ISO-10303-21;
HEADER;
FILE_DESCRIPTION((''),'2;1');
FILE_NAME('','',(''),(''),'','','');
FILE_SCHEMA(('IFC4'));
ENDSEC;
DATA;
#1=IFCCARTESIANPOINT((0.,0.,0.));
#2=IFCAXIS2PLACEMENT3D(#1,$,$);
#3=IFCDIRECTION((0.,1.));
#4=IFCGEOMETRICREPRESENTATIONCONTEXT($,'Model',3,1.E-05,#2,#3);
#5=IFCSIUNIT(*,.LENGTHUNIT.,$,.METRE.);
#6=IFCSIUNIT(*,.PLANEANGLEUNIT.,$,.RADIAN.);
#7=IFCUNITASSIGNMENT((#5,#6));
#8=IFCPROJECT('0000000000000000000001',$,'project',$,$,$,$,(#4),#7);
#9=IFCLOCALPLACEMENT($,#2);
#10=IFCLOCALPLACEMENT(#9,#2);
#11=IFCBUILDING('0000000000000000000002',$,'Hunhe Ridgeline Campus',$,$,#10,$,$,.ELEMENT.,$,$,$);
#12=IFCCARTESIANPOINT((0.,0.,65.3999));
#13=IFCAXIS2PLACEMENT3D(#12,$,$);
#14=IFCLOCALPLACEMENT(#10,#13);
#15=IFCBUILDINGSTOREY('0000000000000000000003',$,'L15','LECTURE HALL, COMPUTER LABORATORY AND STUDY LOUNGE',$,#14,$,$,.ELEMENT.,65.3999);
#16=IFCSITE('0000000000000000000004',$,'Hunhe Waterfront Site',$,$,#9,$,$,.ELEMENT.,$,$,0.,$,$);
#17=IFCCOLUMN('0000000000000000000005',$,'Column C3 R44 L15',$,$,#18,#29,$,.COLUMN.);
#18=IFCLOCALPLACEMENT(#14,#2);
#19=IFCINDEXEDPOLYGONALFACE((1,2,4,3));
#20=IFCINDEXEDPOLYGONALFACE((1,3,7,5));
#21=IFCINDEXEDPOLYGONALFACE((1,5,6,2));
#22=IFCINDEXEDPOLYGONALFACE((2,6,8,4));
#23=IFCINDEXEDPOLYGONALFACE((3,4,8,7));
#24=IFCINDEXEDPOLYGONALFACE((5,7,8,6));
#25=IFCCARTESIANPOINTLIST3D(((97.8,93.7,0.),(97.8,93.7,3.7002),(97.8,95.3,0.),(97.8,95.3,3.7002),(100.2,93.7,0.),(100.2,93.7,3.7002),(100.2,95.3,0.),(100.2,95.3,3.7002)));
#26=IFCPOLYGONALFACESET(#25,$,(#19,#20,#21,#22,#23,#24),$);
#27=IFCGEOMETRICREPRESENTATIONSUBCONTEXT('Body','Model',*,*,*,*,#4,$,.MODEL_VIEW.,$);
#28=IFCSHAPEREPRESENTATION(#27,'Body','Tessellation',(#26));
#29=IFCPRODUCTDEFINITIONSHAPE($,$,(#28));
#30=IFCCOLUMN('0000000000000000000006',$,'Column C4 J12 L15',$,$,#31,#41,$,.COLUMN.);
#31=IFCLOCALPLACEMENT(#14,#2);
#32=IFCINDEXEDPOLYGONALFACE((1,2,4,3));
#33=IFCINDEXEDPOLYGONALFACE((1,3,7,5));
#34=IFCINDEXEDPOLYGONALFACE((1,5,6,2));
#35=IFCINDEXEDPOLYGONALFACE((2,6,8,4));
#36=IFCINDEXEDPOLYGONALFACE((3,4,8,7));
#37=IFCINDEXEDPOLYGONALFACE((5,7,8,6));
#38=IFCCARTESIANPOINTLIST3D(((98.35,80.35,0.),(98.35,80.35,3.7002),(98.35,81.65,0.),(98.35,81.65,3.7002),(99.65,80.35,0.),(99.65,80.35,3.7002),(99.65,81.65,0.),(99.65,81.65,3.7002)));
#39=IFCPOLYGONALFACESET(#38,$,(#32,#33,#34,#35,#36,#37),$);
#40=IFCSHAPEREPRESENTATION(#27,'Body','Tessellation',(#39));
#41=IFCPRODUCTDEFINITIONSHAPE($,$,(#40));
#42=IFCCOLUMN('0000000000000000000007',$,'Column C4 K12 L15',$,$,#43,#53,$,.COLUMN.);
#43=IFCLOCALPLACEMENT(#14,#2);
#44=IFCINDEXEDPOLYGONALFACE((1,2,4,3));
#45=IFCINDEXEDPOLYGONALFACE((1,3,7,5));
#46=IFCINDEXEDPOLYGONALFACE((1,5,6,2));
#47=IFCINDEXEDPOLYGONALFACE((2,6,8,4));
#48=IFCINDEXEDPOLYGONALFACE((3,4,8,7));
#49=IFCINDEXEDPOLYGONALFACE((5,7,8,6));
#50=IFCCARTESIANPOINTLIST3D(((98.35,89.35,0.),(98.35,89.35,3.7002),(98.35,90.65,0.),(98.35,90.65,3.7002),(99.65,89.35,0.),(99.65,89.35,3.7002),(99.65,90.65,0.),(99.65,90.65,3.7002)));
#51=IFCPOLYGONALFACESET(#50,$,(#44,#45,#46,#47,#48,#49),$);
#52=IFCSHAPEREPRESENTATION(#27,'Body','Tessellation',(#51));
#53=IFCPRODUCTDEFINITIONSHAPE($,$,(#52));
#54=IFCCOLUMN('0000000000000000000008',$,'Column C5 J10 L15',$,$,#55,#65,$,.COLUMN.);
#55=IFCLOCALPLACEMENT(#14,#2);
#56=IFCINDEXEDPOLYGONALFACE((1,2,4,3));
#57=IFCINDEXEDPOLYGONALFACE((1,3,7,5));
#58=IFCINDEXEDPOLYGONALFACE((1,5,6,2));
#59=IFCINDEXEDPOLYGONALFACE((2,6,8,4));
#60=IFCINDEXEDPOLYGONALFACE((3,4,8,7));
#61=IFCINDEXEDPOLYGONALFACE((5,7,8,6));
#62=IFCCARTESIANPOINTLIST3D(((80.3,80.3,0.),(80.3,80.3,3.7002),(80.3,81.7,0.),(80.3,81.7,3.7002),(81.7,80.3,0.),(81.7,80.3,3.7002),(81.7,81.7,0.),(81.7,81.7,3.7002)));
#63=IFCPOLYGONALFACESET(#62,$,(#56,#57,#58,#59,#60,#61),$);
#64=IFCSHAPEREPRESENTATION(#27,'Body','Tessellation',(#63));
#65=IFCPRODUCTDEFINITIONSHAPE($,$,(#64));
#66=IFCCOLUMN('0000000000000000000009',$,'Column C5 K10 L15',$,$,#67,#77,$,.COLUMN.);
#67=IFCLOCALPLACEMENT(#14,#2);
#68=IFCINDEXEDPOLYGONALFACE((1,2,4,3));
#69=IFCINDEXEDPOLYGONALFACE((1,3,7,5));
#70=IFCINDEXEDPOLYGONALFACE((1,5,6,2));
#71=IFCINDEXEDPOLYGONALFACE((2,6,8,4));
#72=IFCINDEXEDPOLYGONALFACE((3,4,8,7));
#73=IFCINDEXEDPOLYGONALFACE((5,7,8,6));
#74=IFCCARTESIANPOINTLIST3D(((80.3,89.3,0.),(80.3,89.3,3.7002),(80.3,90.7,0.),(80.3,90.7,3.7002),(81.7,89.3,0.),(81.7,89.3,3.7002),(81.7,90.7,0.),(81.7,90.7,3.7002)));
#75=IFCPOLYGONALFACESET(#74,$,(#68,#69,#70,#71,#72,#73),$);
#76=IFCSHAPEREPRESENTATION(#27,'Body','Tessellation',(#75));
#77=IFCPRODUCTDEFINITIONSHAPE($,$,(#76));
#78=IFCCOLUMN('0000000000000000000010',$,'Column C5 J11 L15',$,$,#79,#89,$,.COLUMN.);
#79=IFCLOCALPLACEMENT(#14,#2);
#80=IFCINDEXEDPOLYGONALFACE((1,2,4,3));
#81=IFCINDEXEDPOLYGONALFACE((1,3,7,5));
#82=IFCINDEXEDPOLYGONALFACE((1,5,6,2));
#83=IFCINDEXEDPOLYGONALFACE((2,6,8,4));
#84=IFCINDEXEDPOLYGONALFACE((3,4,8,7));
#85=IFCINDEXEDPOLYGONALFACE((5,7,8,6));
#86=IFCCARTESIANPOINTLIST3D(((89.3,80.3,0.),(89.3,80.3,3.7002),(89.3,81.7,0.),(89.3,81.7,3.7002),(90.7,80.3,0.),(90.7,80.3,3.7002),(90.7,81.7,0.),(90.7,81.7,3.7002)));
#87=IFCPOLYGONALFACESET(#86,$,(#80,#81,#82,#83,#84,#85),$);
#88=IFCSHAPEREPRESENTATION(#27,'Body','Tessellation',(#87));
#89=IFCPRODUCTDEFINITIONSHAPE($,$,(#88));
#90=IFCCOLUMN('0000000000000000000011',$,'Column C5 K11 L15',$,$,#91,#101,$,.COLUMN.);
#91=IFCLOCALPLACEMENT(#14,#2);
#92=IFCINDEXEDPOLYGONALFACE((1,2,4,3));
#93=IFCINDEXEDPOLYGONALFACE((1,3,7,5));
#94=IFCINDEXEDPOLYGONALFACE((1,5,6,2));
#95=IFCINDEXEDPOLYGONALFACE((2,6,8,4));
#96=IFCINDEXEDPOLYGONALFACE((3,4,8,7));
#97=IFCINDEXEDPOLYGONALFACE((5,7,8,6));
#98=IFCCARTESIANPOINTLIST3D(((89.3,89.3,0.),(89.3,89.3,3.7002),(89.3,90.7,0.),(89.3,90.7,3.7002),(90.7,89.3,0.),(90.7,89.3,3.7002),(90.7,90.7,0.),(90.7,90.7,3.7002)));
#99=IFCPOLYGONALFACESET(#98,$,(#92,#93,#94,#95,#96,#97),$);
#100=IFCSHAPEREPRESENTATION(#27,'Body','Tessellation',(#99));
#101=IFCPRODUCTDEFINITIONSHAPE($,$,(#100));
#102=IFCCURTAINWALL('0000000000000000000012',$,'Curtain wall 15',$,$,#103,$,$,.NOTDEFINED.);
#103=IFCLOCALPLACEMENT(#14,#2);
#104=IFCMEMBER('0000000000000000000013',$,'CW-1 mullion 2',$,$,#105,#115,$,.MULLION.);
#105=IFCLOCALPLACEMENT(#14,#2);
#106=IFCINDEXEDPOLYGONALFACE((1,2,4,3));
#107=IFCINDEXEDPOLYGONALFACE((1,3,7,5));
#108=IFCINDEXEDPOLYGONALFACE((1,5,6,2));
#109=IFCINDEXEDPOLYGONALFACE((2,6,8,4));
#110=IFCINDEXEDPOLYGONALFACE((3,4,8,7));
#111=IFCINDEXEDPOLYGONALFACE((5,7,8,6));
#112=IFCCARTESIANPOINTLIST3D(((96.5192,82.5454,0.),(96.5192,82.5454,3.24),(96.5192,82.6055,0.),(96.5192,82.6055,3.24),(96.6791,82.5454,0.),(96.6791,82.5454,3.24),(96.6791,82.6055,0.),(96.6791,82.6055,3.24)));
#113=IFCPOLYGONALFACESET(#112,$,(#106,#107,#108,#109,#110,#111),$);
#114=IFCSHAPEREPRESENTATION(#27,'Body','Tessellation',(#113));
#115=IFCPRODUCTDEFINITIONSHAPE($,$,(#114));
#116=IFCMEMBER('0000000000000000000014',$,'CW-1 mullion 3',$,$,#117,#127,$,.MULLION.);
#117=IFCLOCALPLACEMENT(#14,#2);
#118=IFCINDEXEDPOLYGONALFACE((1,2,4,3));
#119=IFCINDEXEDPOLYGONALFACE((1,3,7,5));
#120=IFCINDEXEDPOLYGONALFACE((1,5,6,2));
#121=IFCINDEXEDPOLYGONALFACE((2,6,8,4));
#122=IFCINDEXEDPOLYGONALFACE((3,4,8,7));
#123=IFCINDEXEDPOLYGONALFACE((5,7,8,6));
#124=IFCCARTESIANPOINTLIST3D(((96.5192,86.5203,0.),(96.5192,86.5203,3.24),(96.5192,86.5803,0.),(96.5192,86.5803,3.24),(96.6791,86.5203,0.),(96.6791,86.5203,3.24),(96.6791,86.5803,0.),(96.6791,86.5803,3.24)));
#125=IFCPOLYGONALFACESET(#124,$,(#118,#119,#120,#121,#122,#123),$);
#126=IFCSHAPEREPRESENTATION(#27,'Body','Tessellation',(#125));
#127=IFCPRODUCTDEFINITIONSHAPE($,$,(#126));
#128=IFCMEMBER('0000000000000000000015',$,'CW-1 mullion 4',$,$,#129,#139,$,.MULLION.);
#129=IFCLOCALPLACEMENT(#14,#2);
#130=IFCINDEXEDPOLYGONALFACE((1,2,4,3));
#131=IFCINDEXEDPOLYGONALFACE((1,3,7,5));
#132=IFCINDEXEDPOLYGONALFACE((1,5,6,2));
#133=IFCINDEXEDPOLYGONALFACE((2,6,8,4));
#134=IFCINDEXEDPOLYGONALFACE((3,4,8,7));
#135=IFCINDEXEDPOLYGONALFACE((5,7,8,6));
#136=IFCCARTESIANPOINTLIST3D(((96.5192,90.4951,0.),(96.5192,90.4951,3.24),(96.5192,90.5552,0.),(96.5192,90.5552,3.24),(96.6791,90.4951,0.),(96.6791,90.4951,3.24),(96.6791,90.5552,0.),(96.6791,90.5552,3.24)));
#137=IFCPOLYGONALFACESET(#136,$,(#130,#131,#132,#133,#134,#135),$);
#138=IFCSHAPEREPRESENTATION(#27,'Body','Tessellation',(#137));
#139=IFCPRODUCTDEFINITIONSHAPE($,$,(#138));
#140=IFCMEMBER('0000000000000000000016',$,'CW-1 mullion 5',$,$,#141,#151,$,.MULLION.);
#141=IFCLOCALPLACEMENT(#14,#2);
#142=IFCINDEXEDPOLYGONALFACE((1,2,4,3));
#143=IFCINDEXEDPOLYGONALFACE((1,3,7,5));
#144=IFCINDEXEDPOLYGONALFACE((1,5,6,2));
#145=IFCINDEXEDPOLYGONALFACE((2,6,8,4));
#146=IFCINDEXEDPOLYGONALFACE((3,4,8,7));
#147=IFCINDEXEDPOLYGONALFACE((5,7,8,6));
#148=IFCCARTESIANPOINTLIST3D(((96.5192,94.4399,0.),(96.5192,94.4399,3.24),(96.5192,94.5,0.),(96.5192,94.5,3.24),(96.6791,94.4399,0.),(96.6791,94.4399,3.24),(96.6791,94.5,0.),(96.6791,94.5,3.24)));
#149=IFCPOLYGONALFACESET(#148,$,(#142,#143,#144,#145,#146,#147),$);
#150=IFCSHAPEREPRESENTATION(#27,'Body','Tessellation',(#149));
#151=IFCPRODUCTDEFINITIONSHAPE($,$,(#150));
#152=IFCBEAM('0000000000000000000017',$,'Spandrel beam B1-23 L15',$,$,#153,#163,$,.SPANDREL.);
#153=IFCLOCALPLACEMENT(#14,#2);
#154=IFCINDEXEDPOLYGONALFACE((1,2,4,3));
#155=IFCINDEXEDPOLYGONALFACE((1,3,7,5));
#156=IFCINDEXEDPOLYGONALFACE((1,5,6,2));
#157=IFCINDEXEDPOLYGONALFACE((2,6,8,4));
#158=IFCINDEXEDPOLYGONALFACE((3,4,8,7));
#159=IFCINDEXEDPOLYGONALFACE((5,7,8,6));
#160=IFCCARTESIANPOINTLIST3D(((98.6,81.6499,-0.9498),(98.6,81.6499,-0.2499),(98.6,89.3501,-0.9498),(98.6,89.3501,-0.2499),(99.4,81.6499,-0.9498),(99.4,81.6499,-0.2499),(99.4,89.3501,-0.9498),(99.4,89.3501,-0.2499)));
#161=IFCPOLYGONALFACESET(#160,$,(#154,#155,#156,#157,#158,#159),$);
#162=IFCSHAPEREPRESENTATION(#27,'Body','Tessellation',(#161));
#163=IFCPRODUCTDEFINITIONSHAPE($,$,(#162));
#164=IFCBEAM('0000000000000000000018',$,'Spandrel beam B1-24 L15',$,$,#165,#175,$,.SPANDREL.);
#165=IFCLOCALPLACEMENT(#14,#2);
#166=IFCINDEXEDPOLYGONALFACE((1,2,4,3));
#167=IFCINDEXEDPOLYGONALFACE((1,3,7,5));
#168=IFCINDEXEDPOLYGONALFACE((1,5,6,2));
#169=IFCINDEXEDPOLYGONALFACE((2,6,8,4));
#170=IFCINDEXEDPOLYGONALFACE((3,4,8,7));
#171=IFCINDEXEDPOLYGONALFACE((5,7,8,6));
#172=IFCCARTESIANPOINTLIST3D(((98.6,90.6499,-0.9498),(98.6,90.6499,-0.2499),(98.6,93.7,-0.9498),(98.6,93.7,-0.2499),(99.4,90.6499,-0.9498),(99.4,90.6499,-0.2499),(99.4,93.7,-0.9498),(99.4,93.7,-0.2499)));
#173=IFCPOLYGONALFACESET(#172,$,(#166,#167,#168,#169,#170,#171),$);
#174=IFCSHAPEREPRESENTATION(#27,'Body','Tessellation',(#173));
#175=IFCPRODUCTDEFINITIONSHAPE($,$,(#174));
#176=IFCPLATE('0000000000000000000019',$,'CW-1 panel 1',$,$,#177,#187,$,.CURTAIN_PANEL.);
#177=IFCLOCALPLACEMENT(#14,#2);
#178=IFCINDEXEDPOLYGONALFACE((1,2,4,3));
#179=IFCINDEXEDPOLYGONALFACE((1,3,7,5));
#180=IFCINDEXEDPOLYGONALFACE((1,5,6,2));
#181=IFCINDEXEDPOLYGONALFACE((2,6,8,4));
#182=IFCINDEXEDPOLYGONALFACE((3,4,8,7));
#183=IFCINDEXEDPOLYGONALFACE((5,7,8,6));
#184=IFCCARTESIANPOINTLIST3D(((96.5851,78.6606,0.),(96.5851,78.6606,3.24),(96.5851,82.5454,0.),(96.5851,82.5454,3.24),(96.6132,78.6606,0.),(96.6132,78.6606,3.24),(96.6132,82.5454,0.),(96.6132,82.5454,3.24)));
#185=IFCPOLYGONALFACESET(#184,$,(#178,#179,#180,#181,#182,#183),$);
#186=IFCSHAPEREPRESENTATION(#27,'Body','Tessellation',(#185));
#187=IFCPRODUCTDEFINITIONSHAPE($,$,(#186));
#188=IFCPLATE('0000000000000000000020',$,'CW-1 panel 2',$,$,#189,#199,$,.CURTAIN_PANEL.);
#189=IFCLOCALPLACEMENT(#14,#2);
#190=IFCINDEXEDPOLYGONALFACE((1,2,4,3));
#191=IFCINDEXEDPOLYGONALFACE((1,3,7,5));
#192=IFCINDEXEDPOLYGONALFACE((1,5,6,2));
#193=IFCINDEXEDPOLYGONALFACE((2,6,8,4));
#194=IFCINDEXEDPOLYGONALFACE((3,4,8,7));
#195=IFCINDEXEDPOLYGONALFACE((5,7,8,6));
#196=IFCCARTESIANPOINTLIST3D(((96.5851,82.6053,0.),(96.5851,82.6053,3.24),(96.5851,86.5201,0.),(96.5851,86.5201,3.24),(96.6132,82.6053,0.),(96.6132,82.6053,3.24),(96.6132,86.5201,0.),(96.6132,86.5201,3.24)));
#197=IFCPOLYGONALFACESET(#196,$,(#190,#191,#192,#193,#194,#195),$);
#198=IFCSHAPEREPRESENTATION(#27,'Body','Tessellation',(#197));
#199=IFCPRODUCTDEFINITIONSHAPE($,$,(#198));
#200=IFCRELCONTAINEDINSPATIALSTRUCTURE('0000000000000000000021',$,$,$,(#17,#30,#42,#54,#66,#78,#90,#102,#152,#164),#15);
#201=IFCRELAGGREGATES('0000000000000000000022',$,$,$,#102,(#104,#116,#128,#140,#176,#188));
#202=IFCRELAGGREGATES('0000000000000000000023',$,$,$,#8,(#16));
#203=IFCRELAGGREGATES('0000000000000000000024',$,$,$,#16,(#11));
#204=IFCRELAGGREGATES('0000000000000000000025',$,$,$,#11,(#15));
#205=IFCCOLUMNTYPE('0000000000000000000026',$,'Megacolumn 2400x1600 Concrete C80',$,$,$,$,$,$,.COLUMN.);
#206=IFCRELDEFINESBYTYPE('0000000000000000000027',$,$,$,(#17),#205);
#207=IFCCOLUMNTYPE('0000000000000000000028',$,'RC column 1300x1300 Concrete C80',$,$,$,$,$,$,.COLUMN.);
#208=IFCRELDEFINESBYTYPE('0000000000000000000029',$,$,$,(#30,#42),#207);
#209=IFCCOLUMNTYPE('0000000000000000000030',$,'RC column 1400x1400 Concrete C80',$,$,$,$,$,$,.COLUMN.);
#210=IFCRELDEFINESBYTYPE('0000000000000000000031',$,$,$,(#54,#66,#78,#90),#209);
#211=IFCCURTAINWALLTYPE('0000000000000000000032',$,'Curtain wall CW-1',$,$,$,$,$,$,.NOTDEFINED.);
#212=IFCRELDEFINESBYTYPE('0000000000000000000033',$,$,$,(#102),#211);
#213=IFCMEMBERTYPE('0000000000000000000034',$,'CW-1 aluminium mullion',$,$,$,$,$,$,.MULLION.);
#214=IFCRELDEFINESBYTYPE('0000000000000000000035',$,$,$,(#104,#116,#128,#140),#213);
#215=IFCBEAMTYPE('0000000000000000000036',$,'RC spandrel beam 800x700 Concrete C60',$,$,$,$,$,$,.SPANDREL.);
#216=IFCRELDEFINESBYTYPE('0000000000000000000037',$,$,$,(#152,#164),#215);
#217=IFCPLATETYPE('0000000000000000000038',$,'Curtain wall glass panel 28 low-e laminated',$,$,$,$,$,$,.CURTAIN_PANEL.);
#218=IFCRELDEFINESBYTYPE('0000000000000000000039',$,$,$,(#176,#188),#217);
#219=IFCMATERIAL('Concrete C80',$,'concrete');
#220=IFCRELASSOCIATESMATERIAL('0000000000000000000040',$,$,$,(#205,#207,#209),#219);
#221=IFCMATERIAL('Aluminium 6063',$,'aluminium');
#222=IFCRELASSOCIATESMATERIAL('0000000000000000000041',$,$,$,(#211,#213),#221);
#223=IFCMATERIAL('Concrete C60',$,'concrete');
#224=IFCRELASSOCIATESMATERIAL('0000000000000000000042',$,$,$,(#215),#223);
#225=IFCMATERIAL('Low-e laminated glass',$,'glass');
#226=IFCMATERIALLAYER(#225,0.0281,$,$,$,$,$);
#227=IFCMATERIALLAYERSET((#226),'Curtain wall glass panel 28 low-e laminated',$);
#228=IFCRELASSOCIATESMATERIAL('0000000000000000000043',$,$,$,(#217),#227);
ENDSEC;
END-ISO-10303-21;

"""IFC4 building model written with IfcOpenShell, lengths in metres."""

from ifc_helpers import new_model, si_unit, direction, frame, origin, origin_2d, place, context, subcontext, project, spatial, rectangle, extrude, material, layer, layer_set, material_profile, profile_set, type_object, element, aggregate, save


model = new_model("IFC4")

# Units and contexts
model_context = context("Model", 3, precision=1e-05, world=origin(), true_north=direction((0.0, 1.0)))
body_context = subcontext(model_context, "Body", "Model", "MODEL_VIEW")
ifc_project = project(units=[si_unit("LENGTHUNIT", "METRE"), si_unit("PLANEANGLEUNIT", "RADIAN")], contexts=[model_context])

# Site, building, storey
site_placement = place(None, origin())
site = spatial("IfcSite", under=ifc_project, at=site_placement, Name="Hunhe Waterfront Site", CompositionType="ELEMENT", RefElevation=0.0)
building_placement = place(site_placement, origin())
building = spatial("IfcBuilding", under=site, at=building_placement, Name="Hunhe Ridgeline Campus", CompositionType="ELEMENT")
storey_placement = place(building_placement, frame((0.0, 0.0, 65.3999)))
storey = spatial("IfcBuildingStorey", under=building, at=storey_placement, Name="L15", Description="LECTURE HALL, COMPUTER LABORATORY AND STUDY LOUNGE", CompositionType="ELEMENT", Elevation=65.3999)

# Columns
ifc_material_1 = material(Name="Concrete C80", Category="concrete")
ifc_material_profile_1 = material_profile(ifc_material_1, rectangle(XDim=2.3999, YDim=1.6001, at=origin_2d()))
ifc_profile_set_1 = profile_set([ifc_material_profile_1], Name="Concrete C80")
column_type_1 = type_object("IfcColumnType", Name="Megacolumn 2400x1600 Concrete C80", PredefinedType="COLUMN", material=ifc_profile_set_1)
column_placement = place(storey_placement, frame((99.0, 94.5, 0.0), z_axis=(0.0, 0.0, 1.0), x_axis=(1.0, 0.0, 0.0)))
element("IfcColumn", 1, at=column_placement, inside=storey, type_object=column_type_1, Name="Column C3 R44 L15", PredefinedType="COLUMN", context=body_context, shape_type="SweptSolid", body=[
    extrude(rectangle(XDim=2.3999, YDim=1.6001, at=origin_2d()), origin(), (0.0, 0.0, 1.0), 3.7002),
])
ifc_material_profile_2 = material_profile(ifc_material_1, rectangle(XDim=1.3, YDim=1.3, at=origin_2d()))
ifc_profile_set_2 = profile_set([ifc_material_profile_2], Name="Concrete C80")
column_type_2 = type_object("IfcColumnType", Name="RC column 1300x1300 Concrete C80", PredefinedType="COLUMN", material=ifc_profile_set_2)
for number, where, z_axis, x_axis, name in (
    (2, (99.0, 81.0, 0.0), (0.0, 0.0, 1.0), (1.0, 0.0, 0.0), "Column C4 J12 L15"),
    (3, (99.0, 90.0, 0.0), (0.0, 0.0, 1.0), (1.0, 0.0, 0.0), "Column C4 K12 L15"),
):
    element("IfcColumn", number, at=place(storey_placement, frame(where, z_axis=z_axis, x_axis=x_axis)), inside=storey, type_object=column_type_2, Name=name, PredefinedType="COLUMN", context=body_context, shape_type="SweptSolid", body=[
        extrude(rectangle(XDim=1.3, YDim=1.3, at=origin_2d()), origin(), (0.0, 0.0, 1.0), 3.7002),
    ])
ifc_material_profile_3 = material_profile(ifc_material_1, rectangle(XDim=1.3999, YDim=1.3999, at=origin_2d()))
ifc_profile_set_3 = profile_set([ifc_material_profile_3], Name="Concrete C80")
column_type_3 = type_object("IfcColumnType", Name="RC column 1400x1400 Concrete C80", PredefinedType="COLUMN", material=ifc_profile_set_3)
for number, where, z_axis, x_axis, name in (
    (4, (81.0, 81.0, 0.0), (0.0, 0.0, 1.0), (1.0, 0.0, 0.0), "Column C5 J10 L15"),
    (5, (81.0, 90.0, 0.0), (0.0, 0.0, 1.0), (1.0, 0.0, 0.0), "Column C5 K10 L15"),
    (6, (90.0, 81.0, 0.0), (0.0, 0.0, 1.0), (1.0, 0.0, 0.0), "Column C5 J11 L15"),
    (7, (90.0, 90.0, 0.0), (0.0, 0.0, 1.0), (1.0, 0.0, 0.0), "Column C5 K11 L15"),
):
    element("IfcColumn", number, at=place(storey_placement, frame(where, z_axis=z_axis, x_axis=x_axis)), inside=storey, type_object=column_type_3, Name=name, PredefinedType="COLUMN", context=body_context, shape_type="SweptSolid", body=[
        extrude(rectangle(XDim=1.3999, YDim=1.3999, at=origin_2d()), origin(), (0.0, 0.0, 1.0), 3.7002),
    ])

# Curtain wall, members
ifc_material_2 = material(Name="Aluminium 6063", Category="aluminium")
curtain_wall_type = type_object("IfcCurtainWallType", Name="Curtain wall CW-1", PredefinedType="NOTDEFINED", material=ifc_material_2)
curtain_wall_placement = place(storey_placement, origin())
curtain_wall = element("IfcCurtainWall", 8, at=curtain_wall_placement, inside=storey, type_object=curtain_wall_type, Name="Curtain wall 15", PredefinedType="NOTDEFINED")
ifc_material_profile_4 = material_profile(ifc_material_2, rectangle(XDim=0.1599, YDim=0.0601, at=origin_2d()))
ifc_profile_set_4 = profile_set([ifc_material_profile_4], Name="Aluminium 6063")
member_type = type_object("IfcMemberType", Name="CW-1 aluminium mullion", PredefinedType="MULLION", material=ifc_profile_set_4)
member_1_placement = place(storey_placement, frame((96.5991, 82.5754, 0.0), z_axis=(0.0, 0.0, 1.0), x_axis=(-1.0, 0.0, 0.0)))
member_1 = element("IfcMember", 9, at=member_1_placement, type_object=member_type, Name="CW-1 mullion 2", PredefinedType="MULLION", context=body_context, shape_type="SweptSolid", body=[
    extrude(rectangle(XDim=0.1599, YDim=0.0601, at=origin_2d()), origin(), (0.0, 0.0, 1.0), 3.24),
])
member_2_placement = place(storey_placement, frame((96.5991, 86.5503, 0.0), z_axis=(0.0, 0.0, 1.0), x_axis=(-1.0, 0.0, 0.0)))
member_2 = element("IfcMember", 10, at=member_2_placement, type_object=member_type, Name="CW-1 mullion 3", PredefinedType="MULLION", context=body_context, shape_type="SweptSolid", body=[
    extrude(rectangle(XDim=0.1599, YDim=0.0601, at=origin_2d()), origin(), (0.0, 0.0, 1.0), 3.24),
])
member_3_placement = place(storey_placement, frame((96.5991, 90.5251, 0.0), z_axis=(0.0, 0.0, 1.0), x_axis=(-1.0, 0.0, 0.0)))
member_3 = element("IfcMember", 11, at=member_3_placement, type_object=member_type, Name="CW-1 mullion 4", PredefinedType="MULLION", context=body_context, shape_type="SweptSolid", body=[
    extrude(rectangle(XDim=0.1599, YDim=0.0601, at=origin_2d()), origin(), (0.0, 0.0, 1.0), 3.24),
])
member_4_placement = place(storey_placement, frame((96.5991, 94.47, 0.0), z_axis=(0.0, 0.0, 1.0), x_axis=(-1.0, 0.0, 0.0)))
member_4 = element("IfcMember", 12, at=member_4_placement, type_object=member_type, Name="CW-1 mullion 5", PredefinedType="MULLION", context=body_context, shape_type="SweptSolid", body=[
    extrude(rectangle(XDim=0.1599, YDim=0.0601, at=origin_2d()), origin(), (0.0, 0.0, 1.0), 3.24),
])

# Beams
ifc_material_3 = material(Name="Concrete C60", Category="concrete")
ifc_material_profile_5 = material_profile(ifc_material_3, rectangle(XDim=0.8, YDim=0.7, at=origin_2d()))
ifc_profile_set_5 = profile_set([ifc_material_profile_5], Name="Concrete C60")
beam_type = type_object("IfcBeamType", Name="RC spandrel beam 800x700 Concrete C60", PredefinedType="SPANDREL", material=ifc_profile_set_5)
beam_1_placement = place(storey_placement, frame((99.0, 81.6499, -0.5999), z_axis=(0.0, 1.0, 0.0), x_axis=(-1.0, 0.0, 0.0)))
element("IfcBeam", 13, at=beam_1_placement, inside=storey, type_object=beam_type, Name="Spandrel beam B1-23 L15", PredefinedType="SPANDREL", context=body_context, shape_type="SweptSolid", body=[
    extrude(rectangle(XDim=0.8, YDim=0.7, at=origin_2d()), origin(), (0.0, 0.0, 1.0), 7.7002),
])
beam_2_placement = place(storey_placement, frame((99.0, 90.6499, -0.5999), z_axis=(0.0, 1.0, 0.0), x_axis=(-1.0, 0.0, 0.0)))
element("IfcBeam", 14, at=beam_2_placement, inside=storey, type_object=beam_type, Name="Spandrel beam B1-24 L15", PredefinedType="SPANDREL", context=body_context, shape_type="SweptSolid", body=[
    extrude(rectangle(XDim=0.8, YDim=0.7, at=origin_2d()), origin(), (0.0, 0.0, 1.0), 3.05),
])

# Plates
ifc_material_4 = material(Name="Low-e laminated glass", Category="glass")
ifc_layer_1 = layer(ifc_material_4, 0.0281)
ifc_layer_set_1 = layer_set([ifc_layer_1], Name="Curtain wall glass panel 28 low-e laminated")
plate_type = type_object("IfcPlateType", Name="Curtain wall glass panel 28 low-e laminated", PredefinedType="CURTAIN_PANEL", material=ifc_layer_set_1)
plate_1_placement = place(storey_placement, frame((96.5991, 80.603, 0.0), z_axis=(0.0, 0.0, 1.0), x_axis=(0.0, 1.0, 0.0)))
plate_1 = element("IfcPlate", 15, at=plate_1_placement, type_object=plate_type, Name="CW-1 panel 1", PredefinedType="CURTAIN_PANEL", context=body_context, shape_type="SweptSolid", body=[
    extrude(rectangle(XDim=3.8848, YDim=0.0281, at=origin_2d()), origin(), (0.0, 0.0, 1.0), 3.24),
])
plate_2_placement = place(storey_placement, frame((96.5991, 84.5627, 0.0), z_axis=(0.0, 0.0, 1.0), x_axis=(0.0, 1.0, 0.0)))
plate_2 = element("IfcPlate", 16, at=plate_2_placement, type_object=plate_type, Name="CW-1 panel 2", PredefinedType="CURTAIN_PANEL", context=body_context, shape_type="SweptSolid", body=[
    extrude(rectangle(XDim=3.9148, YDim=0.0281, at=origin_2d()), origin(), (0.0, 0.0, 1.0), 3.24),
])
aggregate(curtain_wall, [member_1, member_2, member_3, member_4, plate_1, plate_2])

save(model, "model.ifc")
